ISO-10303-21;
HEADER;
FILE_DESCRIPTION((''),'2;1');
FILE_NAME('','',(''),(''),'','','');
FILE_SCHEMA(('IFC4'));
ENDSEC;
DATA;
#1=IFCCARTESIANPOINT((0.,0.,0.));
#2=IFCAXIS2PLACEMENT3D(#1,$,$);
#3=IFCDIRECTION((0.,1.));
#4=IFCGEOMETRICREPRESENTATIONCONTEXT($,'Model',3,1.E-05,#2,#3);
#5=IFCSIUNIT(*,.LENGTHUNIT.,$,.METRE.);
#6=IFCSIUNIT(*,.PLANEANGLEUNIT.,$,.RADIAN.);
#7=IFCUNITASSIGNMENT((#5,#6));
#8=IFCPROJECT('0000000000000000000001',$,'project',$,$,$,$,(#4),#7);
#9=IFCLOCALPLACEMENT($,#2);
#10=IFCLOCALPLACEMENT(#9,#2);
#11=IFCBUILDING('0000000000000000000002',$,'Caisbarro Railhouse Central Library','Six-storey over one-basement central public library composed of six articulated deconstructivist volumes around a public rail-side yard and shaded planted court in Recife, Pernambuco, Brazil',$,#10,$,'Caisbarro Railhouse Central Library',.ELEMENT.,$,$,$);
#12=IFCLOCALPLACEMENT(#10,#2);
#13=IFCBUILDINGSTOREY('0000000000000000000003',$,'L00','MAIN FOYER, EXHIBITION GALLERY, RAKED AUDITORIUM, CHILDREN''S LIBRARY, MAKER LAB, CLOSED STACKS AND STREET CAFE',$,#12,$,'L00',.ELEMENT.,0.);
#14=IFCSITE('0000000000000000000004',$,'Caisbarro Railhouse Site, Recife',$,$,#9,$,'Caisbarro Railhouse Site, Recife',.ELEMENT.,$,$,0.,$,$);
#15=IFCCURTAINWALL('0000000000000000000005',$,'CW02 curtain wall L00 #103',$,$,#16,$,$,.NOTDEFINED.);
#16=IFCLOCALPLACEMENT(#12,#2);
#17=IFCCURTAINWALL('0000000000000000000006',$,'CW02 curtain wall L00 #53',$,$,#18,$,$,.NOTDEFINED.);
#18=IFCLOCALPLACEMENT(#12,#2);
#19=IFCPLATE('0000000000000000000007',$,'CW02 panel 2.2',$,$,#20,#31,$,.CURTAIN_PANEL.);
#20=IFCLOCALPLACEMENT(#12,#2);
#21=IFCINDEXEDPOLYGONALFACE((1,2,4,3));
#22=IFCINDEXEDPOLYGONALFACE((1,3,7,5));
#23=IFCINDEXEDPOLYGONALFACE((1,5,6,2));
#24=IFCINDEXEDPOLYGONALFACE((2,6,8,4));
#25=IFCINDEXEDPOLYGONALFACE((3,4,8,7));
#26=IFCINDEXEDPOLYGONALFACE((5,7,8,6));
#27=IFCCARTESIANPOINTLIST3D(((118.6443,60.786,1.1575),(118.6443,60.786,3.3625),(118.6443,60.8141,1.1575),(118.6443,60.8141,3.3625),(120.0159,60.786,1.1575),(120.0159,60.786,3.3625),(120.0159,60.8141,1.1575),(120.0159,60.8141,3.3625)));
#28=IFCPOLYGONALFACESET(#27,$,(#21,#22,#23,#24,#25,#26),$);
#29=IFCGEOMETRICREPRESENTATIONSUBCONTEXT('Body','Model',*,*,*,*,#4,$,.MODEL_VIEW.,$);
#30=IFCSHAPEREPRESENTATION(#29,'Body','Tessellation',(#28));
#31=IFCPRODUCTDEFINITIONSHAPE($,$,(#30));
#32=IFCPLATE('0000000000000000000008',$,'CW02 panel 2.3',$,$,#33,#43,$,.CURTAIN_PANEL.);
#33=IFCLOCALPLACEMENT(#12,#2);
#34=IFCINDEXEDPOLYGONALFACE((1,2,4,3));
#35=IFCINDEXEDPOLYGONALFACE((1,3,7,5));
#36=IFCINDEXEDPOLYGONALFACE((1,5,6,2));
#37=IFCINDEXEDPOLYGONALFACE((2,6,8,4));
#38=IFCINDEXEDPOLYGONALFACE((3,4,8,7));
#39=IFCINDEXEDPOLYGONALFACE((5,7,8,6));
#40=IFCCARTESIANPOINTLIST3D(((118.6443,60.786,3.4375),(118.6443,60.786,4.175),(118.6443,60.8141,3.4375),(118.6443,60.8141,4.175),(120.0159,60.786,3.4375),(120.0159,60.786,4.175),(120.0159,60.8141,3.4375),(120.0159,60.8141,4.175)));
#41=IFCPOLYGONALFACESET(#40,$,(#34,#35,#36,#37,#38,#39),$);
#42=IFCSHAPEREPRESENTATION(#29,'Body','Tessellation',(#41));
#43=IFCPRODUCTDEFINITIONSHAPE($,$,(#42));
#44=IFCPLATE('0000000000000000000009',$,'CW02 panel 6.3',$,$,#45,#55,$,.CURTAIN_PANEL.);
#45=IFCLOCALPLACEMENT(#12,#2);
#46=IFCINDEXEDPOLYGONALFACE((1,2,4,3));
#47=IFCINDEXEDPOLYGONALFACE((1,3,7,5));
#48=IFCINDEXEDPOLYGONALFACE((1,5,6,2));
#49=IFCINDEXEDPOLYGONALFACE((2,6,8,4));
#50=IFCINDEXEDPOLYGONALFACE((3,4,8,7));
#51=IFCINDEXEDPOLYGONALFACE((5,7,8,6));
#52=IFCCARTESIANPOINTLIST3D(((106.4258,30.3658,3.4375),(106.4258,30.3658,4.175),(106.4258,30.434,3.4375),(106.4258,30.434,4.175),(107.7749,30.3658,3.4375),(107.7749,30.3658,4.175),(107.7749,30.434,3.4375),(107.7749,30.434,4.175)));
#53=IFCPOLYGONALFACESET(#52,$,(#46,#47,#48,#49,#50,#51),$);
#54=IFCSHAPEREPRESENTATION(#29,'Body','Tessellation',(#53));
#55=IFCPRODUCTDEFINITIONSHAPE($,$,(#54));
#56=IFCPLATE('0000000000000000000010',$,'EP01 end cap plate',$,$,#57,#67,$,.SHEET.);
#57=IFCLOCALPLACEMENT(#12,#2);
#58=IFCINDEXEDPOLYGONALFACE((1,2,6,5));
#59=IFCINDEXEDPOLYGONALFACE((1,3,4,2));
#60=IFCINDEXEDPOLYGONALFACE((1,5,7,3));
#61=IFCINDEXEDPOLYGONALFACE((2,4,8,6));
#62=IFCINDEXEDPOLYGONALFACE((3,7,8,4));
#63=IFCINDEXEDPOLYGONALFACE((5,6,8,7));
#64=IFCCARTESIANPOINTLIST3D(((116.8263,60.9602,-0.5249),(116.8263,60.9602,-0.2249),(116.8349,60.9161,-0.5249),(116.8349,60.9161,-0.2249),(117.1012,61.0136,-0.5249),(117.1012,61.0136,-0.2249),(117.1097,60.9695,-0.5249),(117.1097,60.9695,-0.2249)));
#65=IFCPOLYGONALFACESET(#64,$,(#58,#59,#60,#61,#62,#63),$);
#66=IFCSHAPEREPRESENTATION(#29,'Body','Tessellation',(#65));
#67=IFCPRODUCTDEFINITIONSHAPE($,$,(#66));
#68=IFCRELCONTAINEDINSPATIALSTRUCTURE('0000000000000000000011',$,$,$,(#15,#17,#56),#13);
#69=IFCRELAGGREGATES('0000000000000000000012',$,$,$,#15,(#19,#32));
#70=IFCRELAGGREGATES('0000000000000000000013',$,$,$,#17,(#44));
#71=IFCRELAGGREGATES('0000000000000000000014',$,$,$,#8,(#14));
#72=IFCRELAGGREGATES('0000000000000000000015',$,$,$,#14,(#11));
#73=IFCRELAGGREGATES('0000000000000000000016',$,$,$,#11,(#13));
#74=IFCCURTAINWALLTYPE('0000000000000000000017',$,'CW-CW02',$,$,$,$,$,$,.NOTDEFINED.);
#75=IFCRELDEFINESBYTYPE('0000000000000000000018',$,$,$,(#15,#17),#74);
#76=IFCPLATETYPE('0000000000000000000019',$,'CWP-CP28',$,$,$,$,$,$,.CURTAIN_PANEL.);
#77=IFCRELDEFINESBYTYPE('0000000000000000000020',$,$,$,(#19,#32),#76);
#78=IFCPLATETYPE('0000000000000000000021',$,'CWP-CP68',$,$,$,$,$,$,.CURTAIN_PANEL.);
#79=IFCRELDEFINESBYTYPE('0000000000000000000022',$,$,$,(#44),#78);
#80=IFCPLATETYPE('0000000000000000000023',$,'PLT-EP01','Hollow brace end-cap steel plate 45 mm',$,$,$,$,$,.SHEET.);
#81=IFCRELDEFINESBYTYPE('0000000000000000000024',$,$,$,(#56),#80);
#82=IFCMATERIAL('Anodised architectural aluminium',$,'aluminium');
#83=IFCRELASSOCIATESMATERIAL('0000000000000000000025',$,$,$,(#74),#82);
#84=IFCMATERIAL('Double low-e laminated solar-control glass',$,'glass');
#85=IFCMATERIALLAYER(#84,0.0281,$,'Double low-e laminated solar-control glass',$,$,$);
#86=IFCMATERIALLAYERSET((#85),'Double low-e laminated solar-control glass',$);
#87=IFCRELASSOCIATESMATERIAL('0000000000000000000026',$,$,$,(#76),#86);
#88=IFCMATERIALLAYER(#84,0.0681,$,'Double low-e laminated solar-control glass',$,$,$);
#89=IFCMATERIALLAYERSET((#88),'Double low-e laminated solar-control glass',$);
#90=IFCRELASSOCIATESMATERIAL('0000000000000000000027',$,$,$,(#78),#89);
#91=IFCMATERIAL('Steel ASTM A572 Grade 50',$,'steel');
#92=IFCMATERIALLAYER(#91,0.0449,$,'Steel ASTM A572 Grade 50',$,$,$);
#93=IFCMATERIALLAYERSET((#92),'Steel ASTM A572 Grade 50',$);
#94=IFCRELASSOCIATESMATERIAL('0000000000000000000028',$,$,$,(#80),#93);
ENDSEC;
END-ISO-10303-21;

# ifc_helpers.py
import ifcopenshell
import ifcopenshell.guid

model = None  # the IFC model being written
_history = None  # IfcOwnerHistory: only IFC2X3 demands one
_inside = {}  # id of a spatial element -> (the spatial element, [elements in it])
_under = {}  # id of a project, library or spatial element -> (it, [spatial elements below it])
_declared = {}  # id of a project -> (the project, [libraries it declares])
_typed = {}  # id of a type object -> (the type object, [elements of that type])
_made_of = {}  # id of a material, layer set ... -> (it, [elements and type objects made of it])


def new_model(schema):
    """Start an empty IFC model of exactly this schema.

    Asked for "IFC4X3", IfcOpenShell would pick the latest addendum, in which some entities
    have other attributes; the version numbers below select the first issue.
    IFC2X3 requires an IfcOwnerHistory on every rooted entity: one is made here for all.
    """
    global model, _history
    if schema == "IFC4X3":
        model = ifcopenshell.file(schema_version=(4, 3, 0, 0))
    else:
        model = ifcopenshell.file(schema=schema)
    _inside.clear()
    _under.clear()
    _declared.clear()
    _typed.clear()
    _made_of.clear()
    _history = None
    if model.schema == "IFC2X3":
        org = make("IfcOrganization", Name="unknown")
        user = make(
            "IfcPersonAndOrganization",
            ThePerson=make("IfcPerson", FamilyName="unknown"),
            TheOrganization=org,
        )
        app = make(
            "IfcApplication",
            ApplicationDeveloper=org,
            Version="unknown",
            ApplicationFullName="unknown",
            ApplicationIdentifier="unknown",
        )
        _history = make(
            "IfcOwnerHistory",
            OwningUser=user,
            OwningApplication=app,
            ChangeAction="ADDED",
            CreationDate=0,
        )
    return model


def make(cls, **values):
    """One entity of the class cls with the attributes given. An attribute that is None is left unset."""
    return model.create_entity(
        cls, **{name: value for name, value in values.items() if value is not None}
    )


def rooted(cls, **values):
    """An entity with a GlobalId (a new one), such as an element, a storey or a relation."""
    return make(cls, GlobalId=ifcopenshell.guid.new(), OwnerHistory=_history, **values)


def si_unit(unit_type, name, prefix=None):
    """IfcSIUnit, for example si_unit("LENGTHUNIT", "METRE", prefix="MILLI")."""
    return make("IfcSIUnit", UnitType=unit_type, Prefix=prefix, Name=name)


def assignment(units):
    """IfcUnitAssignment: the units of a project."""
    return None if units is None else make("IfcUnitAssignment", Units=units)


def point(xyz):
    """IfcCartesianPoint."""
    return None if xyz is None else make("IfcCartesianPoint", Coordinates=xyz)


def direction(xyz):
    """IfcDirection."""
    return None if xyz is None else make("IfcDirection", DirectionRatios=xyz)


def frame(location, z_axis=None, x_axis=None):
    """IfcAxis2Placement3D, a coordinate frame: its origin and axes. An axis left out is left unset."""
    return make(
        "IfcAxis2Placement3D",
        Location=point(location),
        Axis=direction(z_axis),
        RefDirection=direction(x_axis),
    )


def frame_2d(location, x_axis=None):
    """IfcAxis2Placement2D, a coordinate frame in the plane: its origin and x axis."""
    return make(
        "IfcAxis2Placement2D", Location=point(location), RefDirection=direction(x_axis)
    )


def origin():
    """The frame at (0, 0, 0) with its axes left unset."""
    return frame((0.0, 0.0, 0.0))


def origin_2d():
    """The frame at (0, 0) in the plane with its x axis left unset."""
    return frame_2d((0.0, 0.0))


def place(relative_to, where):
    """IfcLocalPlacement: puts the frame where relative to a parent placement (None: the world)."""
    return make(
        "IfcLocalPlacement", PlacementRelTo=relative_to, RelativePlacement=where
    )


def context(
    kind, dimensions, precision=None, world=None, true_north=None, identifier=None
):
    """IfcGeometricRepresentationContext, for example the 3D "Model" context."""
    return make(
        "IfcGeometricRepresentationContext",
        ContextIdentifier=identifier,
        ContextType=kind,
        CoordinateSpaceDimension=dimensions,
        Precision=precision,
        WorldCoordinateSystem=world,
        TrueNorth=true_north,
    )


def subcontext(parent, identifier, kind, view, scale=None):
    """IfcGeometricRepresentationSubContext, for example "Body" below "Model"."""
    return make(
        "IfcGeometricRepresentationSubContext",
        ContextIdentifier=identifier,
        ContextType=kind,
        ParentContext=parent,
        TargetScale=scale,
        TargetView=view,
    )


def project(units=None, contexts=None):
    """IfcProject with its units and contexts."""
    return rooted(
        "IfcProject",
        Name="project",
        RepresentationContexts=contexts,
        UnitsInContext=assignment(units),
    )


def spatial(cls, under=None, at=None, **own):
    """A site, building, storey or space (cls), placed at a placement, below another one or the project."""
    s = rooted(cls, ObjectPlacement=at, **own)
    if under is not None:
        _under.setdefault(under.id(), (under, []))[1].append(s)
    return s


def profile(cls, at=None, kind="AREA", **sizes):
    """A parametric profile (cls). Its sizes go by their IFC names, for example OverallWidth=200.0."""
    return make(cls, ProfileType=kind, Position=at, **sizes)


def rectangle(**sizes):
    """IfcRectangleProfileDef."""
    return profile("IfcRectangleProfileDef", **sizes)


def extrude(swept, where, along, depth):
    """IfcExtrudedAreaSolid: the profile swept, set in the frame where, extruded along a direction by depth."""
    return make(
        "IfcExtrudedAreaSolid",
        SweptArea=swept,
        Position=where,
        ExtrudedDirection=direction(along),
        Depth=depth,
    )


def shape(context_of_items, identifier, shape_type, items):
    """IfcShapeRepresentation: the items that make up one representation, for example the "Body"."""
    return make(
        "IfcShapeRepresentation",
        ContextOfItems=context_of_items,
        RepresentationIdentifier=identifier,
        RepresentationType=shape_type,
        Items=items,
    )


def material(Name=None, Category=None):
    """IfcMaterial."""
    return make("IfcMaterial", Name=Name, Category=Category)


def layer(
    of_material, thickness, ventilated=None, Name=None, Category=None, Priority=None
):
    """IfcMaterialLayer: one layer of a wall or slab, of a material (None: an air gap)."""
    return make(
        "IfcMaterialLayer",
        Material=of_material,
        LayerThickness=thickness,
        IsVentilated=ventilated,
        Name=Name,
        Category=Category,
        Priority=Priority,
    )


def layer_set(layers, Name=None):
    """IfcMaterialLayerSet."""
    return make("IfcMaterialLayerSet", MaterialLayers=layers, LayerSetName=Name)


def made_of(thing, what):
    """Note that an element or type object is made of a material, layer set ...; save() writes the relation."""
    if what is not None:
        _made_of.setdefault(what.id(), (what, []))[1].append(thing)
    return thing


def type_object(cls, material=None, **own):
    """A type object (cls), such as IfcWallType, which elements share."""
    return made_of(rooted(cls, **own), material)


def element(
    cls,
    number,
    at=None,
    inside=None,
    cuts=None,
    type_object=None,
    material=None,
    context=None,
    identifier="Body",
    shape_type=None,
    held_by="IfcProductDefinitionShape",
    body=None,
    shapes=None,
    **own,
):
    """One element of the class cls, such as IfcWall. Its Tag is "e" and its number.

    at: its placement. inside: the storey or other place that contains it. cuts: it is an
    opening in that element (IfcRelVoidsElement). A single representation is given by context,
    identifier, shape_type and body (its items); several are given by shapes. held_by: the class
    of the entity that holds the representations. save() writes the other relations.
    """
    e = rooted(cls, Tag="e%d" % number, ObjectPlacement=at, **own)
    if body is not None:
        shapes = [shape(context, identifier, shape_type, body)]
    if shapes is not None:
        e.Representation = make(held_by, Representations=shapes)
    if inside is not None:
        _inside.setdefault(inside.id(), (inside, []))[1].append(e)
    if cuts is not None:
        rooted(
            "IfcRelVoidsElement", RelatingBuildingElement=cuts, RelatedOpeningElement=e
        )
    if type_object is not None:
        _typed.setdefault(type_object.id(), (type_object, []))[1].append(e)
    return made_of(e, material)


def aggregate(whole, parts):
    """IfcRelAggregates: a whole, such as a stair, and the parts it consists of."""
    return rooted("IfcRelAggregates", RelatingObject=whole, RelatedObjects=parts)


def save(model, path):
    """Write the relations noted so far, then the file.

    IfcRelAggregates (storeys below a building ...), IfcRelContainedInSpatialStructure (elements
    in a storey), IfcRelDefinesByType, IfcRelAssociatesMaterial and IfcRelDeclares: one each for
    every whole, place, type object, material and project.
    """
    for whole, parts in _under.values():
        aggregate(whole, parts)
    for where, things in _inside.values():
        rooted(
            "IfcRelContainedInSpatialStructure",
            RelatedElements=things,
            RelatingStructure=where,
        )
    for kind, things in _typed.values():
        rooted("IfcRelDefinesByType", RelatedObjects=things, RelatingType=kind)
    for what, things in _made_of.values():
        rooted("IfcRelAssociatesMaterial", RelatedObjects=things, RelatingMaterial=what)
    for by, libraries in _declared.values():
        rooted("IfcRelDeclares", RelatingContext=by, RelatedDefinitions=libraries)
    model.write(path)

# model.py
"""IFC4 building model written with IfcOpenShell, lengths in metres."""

from ifc_helpers import new_model, si_unit, direction, frame, origin, origin_2d, place, context, subcontext, project, spatial, rectangle, extrude, material, layer, layer_set, type_object, element, aggregate, save


model = new_model("IFC4")

# Units and contexts
model_context = context("Model", 3, precision=1e-05, world=origin(), true_north=direction((0.0, 1.0)))
body_context = subcontext(model_context, "Body", "Model", "MODEL_VIEW")
ifc_project = project(units=[si_unit("LENGTHUNIT", "METRE"), si_unit("PLANEANGLEUNIT", "RADIAN")], contexts=[model_context])

# Site, building, storey
site_placement = place(None, origin())
site = spatial("IfcSite", under=ifc_project, at=site_placement, Name="Caisbarro Railhouse Site, Recife", LongName="Caisbarro Railhouse Site, Recife", CompositionType="ELEMENT", RefElevation=0.0)
building_placement = place(site_placement, origin())
building = spatial("IfcBuilding", under=site, at=building_placement, Name="Caisbarro Railhouse Central Library", Description="Six-storey over one-basement central public library composed of six articulated deconstructivist volumes around a public rail-side yard and shaded planted court in Recife, Pernambuco, Brazil", LongName="Caisbarro Railhouse Central Library", CompositionType="ELEMENT")
storey_placement = place(building_placement, origin())
storey = spatial("IfcBuildingStorey", under=building, at=storey_placement, Name="L00", Description="MAIN FOYER, EXHIBITION GALLERY, RAKED AUDITORIUM, CHILDREN'S LIBRARY, MAKER LAB, CLOSED STACKS AND STREET CAFE", LongName="L00", CompositionType="ELEMENT", Elevation=0.0)

# Shared definitions
ifc_material_1 = material(Name="Steel ASTM A572 Grade 50", Category="steel")

# Curtain wall
ifc_material_2 = material(Name="Anodised architectural aluminium", Category="aluminium")
curtain_wall_type = type_object("IfcCurtainWallType", Name="CW-CW02", PredefinedType="NOTDEFINED", material=ifc_material_2)
curtain_wall_1_placement = place(storey_placement, origin())
curtain_wall_1 = element("IfcCurtainWall", 1, at=curtain_wall_1_placement, inside=storey, type_object=curtain_wall_type, Name="CW02 curtain wall L00 #103", PredefinedType="NOTDEFINED")

# Curtain wall
curtain_wall_2_placement = place(storey_placement, origin())
curtain_wall_2 = element("IfcCurtainWall", 2, at=curtain_wall_2_placement, inside=storey, type_object=curtain_wall_type, Name="CW02 curtain wall L00 #53", PredefinedType="NOTDEFINED")

# Plates
ifc_material_3 = material(Name="Double low-e laminated solar-control glass", Category="glass")
ifc_layer_1 = layer(ifc_material_3, 0.0281, Name="Double low-e laminated solar-control glass")
ifc_layer_set_1 = layer_set([ifc_layer_1], Name="Double low-e laminated solar-control glass")
plate_type_1 = type_object("IfcPlateType", Name="CWP-CP28", PredefinedType="CURTAIN_PANEL", material=ifc_layer_set_1)
plate_1_placement = place(storey_placement, frame((119.3301, 60.8, 1.1575), z_axis=(0.0, 0.0, 1.0), x_axis=(1.0, 0.0, 0.0)))
plate_1 = element("IfcPlate", 3, at=plate_1_placement, type_object=plate_type_1, Name="CW02 panel 2.2", PredefinedType="CURTAIN_PANEL", context=body_context, shape_type="SweptSolid", body=[
    extrude(rectangle(XDim=1.3716, YDim=0.0281, at=origin_2d()), origin(), (0.0, 0.0, 1.0), 2.2051),
])
plate_2_placement = place(storey_placement, frame((119.3301, 60.8, 3.4375), z_axis=(0.0, 0.0, 1.0), x_axis=(1.0, 0.0, 0.0)))
plate_2 = element("IfcPlate", 4, at=plate_2_placement, type_object=plate_type_1, Name="CW02 panel 2.3", PredefinedType="CURTAIN_PANEL", context=body_context, shape_type="SweptSolid", body=[
    extrude(rectangle(XDim=1.3716, YDim=0.0281, at=origin_2d()), origin(), (0.0, 0.0, 1.0), 0.7375),
])
aggregate(curtain_wall_1, [plate_1, plate_2])
ifc_layer_2 = layer(ifc_material_3, 0.0681, Name="Double low-e laminated solar-control glass")
ifc_layer_set_2 = layer_set([ifc_layer_2], Name="Double low-e laminated solar-control glass")
plate_type_2 = type_object("IfcPlateType", Name="CWP-CP68", PredefinedType="CURTAIN_PANEL", material=ifc_layer_set_2)
plate_3_placement = place(storey_placement, frame((107.1003, 30.3999, 3.4375), z_axis=(0.0, 0.0, 1.0), x_axis=(1.0, 0.0, 0.0)))
plate_3 = element("IfcPlate", 5, at=plate_3_placement, type_object=plate_type_2, Name="CW02 panel 6.3", PredefinedType="CURTAIN_PANEL", context=body_context, shape_type="SweptSolid", body=[
    extrude(rectangle(XDim=1.3491, YDim=0.0681, at=origin_2d()), origin(), (0.0, 0.0, 1.0), 0.7375),
])
aggregate(curtain_wall_2, [plate_3])
ifc_layer_3 = layer(ifc_material_1, 0.0449, Name="Steel ASTM A572 Grade 50")
ifc_layer_set_3 = layer_set([ifc_layer_3], Name="Steel ASTM A572 Grade 50")
plate_type_3 = type_object("IfcPlateType", Name="PLT-EP01", Description="Hollow brace end-cap steel plate 45 mm", PredefinedType="SHEET", material=ifc_layer_set_3)
plate_4_placement = place(storey_placement, frame((116.968, 60.9648, -0.5249), z_axis=(0.0, 0.0, 1.0), x_axis=(-0.190809, 0.981627, 0.0)))
element("IfcPlate", 6, at=plate_4_placement, inside=storey, type_object=plate_type_3, Name="EP01 end cap plate", PredefinedType="SHEET", context=body_context, shape_type="SweptSolid", body=[
    extrude(rectangle(XDim=0.0449, YDim=0.28, at=origin_2d()), origin(), (0.0, 0.0, 1.0), 0.3),
])

save(model, "model.ifc")
